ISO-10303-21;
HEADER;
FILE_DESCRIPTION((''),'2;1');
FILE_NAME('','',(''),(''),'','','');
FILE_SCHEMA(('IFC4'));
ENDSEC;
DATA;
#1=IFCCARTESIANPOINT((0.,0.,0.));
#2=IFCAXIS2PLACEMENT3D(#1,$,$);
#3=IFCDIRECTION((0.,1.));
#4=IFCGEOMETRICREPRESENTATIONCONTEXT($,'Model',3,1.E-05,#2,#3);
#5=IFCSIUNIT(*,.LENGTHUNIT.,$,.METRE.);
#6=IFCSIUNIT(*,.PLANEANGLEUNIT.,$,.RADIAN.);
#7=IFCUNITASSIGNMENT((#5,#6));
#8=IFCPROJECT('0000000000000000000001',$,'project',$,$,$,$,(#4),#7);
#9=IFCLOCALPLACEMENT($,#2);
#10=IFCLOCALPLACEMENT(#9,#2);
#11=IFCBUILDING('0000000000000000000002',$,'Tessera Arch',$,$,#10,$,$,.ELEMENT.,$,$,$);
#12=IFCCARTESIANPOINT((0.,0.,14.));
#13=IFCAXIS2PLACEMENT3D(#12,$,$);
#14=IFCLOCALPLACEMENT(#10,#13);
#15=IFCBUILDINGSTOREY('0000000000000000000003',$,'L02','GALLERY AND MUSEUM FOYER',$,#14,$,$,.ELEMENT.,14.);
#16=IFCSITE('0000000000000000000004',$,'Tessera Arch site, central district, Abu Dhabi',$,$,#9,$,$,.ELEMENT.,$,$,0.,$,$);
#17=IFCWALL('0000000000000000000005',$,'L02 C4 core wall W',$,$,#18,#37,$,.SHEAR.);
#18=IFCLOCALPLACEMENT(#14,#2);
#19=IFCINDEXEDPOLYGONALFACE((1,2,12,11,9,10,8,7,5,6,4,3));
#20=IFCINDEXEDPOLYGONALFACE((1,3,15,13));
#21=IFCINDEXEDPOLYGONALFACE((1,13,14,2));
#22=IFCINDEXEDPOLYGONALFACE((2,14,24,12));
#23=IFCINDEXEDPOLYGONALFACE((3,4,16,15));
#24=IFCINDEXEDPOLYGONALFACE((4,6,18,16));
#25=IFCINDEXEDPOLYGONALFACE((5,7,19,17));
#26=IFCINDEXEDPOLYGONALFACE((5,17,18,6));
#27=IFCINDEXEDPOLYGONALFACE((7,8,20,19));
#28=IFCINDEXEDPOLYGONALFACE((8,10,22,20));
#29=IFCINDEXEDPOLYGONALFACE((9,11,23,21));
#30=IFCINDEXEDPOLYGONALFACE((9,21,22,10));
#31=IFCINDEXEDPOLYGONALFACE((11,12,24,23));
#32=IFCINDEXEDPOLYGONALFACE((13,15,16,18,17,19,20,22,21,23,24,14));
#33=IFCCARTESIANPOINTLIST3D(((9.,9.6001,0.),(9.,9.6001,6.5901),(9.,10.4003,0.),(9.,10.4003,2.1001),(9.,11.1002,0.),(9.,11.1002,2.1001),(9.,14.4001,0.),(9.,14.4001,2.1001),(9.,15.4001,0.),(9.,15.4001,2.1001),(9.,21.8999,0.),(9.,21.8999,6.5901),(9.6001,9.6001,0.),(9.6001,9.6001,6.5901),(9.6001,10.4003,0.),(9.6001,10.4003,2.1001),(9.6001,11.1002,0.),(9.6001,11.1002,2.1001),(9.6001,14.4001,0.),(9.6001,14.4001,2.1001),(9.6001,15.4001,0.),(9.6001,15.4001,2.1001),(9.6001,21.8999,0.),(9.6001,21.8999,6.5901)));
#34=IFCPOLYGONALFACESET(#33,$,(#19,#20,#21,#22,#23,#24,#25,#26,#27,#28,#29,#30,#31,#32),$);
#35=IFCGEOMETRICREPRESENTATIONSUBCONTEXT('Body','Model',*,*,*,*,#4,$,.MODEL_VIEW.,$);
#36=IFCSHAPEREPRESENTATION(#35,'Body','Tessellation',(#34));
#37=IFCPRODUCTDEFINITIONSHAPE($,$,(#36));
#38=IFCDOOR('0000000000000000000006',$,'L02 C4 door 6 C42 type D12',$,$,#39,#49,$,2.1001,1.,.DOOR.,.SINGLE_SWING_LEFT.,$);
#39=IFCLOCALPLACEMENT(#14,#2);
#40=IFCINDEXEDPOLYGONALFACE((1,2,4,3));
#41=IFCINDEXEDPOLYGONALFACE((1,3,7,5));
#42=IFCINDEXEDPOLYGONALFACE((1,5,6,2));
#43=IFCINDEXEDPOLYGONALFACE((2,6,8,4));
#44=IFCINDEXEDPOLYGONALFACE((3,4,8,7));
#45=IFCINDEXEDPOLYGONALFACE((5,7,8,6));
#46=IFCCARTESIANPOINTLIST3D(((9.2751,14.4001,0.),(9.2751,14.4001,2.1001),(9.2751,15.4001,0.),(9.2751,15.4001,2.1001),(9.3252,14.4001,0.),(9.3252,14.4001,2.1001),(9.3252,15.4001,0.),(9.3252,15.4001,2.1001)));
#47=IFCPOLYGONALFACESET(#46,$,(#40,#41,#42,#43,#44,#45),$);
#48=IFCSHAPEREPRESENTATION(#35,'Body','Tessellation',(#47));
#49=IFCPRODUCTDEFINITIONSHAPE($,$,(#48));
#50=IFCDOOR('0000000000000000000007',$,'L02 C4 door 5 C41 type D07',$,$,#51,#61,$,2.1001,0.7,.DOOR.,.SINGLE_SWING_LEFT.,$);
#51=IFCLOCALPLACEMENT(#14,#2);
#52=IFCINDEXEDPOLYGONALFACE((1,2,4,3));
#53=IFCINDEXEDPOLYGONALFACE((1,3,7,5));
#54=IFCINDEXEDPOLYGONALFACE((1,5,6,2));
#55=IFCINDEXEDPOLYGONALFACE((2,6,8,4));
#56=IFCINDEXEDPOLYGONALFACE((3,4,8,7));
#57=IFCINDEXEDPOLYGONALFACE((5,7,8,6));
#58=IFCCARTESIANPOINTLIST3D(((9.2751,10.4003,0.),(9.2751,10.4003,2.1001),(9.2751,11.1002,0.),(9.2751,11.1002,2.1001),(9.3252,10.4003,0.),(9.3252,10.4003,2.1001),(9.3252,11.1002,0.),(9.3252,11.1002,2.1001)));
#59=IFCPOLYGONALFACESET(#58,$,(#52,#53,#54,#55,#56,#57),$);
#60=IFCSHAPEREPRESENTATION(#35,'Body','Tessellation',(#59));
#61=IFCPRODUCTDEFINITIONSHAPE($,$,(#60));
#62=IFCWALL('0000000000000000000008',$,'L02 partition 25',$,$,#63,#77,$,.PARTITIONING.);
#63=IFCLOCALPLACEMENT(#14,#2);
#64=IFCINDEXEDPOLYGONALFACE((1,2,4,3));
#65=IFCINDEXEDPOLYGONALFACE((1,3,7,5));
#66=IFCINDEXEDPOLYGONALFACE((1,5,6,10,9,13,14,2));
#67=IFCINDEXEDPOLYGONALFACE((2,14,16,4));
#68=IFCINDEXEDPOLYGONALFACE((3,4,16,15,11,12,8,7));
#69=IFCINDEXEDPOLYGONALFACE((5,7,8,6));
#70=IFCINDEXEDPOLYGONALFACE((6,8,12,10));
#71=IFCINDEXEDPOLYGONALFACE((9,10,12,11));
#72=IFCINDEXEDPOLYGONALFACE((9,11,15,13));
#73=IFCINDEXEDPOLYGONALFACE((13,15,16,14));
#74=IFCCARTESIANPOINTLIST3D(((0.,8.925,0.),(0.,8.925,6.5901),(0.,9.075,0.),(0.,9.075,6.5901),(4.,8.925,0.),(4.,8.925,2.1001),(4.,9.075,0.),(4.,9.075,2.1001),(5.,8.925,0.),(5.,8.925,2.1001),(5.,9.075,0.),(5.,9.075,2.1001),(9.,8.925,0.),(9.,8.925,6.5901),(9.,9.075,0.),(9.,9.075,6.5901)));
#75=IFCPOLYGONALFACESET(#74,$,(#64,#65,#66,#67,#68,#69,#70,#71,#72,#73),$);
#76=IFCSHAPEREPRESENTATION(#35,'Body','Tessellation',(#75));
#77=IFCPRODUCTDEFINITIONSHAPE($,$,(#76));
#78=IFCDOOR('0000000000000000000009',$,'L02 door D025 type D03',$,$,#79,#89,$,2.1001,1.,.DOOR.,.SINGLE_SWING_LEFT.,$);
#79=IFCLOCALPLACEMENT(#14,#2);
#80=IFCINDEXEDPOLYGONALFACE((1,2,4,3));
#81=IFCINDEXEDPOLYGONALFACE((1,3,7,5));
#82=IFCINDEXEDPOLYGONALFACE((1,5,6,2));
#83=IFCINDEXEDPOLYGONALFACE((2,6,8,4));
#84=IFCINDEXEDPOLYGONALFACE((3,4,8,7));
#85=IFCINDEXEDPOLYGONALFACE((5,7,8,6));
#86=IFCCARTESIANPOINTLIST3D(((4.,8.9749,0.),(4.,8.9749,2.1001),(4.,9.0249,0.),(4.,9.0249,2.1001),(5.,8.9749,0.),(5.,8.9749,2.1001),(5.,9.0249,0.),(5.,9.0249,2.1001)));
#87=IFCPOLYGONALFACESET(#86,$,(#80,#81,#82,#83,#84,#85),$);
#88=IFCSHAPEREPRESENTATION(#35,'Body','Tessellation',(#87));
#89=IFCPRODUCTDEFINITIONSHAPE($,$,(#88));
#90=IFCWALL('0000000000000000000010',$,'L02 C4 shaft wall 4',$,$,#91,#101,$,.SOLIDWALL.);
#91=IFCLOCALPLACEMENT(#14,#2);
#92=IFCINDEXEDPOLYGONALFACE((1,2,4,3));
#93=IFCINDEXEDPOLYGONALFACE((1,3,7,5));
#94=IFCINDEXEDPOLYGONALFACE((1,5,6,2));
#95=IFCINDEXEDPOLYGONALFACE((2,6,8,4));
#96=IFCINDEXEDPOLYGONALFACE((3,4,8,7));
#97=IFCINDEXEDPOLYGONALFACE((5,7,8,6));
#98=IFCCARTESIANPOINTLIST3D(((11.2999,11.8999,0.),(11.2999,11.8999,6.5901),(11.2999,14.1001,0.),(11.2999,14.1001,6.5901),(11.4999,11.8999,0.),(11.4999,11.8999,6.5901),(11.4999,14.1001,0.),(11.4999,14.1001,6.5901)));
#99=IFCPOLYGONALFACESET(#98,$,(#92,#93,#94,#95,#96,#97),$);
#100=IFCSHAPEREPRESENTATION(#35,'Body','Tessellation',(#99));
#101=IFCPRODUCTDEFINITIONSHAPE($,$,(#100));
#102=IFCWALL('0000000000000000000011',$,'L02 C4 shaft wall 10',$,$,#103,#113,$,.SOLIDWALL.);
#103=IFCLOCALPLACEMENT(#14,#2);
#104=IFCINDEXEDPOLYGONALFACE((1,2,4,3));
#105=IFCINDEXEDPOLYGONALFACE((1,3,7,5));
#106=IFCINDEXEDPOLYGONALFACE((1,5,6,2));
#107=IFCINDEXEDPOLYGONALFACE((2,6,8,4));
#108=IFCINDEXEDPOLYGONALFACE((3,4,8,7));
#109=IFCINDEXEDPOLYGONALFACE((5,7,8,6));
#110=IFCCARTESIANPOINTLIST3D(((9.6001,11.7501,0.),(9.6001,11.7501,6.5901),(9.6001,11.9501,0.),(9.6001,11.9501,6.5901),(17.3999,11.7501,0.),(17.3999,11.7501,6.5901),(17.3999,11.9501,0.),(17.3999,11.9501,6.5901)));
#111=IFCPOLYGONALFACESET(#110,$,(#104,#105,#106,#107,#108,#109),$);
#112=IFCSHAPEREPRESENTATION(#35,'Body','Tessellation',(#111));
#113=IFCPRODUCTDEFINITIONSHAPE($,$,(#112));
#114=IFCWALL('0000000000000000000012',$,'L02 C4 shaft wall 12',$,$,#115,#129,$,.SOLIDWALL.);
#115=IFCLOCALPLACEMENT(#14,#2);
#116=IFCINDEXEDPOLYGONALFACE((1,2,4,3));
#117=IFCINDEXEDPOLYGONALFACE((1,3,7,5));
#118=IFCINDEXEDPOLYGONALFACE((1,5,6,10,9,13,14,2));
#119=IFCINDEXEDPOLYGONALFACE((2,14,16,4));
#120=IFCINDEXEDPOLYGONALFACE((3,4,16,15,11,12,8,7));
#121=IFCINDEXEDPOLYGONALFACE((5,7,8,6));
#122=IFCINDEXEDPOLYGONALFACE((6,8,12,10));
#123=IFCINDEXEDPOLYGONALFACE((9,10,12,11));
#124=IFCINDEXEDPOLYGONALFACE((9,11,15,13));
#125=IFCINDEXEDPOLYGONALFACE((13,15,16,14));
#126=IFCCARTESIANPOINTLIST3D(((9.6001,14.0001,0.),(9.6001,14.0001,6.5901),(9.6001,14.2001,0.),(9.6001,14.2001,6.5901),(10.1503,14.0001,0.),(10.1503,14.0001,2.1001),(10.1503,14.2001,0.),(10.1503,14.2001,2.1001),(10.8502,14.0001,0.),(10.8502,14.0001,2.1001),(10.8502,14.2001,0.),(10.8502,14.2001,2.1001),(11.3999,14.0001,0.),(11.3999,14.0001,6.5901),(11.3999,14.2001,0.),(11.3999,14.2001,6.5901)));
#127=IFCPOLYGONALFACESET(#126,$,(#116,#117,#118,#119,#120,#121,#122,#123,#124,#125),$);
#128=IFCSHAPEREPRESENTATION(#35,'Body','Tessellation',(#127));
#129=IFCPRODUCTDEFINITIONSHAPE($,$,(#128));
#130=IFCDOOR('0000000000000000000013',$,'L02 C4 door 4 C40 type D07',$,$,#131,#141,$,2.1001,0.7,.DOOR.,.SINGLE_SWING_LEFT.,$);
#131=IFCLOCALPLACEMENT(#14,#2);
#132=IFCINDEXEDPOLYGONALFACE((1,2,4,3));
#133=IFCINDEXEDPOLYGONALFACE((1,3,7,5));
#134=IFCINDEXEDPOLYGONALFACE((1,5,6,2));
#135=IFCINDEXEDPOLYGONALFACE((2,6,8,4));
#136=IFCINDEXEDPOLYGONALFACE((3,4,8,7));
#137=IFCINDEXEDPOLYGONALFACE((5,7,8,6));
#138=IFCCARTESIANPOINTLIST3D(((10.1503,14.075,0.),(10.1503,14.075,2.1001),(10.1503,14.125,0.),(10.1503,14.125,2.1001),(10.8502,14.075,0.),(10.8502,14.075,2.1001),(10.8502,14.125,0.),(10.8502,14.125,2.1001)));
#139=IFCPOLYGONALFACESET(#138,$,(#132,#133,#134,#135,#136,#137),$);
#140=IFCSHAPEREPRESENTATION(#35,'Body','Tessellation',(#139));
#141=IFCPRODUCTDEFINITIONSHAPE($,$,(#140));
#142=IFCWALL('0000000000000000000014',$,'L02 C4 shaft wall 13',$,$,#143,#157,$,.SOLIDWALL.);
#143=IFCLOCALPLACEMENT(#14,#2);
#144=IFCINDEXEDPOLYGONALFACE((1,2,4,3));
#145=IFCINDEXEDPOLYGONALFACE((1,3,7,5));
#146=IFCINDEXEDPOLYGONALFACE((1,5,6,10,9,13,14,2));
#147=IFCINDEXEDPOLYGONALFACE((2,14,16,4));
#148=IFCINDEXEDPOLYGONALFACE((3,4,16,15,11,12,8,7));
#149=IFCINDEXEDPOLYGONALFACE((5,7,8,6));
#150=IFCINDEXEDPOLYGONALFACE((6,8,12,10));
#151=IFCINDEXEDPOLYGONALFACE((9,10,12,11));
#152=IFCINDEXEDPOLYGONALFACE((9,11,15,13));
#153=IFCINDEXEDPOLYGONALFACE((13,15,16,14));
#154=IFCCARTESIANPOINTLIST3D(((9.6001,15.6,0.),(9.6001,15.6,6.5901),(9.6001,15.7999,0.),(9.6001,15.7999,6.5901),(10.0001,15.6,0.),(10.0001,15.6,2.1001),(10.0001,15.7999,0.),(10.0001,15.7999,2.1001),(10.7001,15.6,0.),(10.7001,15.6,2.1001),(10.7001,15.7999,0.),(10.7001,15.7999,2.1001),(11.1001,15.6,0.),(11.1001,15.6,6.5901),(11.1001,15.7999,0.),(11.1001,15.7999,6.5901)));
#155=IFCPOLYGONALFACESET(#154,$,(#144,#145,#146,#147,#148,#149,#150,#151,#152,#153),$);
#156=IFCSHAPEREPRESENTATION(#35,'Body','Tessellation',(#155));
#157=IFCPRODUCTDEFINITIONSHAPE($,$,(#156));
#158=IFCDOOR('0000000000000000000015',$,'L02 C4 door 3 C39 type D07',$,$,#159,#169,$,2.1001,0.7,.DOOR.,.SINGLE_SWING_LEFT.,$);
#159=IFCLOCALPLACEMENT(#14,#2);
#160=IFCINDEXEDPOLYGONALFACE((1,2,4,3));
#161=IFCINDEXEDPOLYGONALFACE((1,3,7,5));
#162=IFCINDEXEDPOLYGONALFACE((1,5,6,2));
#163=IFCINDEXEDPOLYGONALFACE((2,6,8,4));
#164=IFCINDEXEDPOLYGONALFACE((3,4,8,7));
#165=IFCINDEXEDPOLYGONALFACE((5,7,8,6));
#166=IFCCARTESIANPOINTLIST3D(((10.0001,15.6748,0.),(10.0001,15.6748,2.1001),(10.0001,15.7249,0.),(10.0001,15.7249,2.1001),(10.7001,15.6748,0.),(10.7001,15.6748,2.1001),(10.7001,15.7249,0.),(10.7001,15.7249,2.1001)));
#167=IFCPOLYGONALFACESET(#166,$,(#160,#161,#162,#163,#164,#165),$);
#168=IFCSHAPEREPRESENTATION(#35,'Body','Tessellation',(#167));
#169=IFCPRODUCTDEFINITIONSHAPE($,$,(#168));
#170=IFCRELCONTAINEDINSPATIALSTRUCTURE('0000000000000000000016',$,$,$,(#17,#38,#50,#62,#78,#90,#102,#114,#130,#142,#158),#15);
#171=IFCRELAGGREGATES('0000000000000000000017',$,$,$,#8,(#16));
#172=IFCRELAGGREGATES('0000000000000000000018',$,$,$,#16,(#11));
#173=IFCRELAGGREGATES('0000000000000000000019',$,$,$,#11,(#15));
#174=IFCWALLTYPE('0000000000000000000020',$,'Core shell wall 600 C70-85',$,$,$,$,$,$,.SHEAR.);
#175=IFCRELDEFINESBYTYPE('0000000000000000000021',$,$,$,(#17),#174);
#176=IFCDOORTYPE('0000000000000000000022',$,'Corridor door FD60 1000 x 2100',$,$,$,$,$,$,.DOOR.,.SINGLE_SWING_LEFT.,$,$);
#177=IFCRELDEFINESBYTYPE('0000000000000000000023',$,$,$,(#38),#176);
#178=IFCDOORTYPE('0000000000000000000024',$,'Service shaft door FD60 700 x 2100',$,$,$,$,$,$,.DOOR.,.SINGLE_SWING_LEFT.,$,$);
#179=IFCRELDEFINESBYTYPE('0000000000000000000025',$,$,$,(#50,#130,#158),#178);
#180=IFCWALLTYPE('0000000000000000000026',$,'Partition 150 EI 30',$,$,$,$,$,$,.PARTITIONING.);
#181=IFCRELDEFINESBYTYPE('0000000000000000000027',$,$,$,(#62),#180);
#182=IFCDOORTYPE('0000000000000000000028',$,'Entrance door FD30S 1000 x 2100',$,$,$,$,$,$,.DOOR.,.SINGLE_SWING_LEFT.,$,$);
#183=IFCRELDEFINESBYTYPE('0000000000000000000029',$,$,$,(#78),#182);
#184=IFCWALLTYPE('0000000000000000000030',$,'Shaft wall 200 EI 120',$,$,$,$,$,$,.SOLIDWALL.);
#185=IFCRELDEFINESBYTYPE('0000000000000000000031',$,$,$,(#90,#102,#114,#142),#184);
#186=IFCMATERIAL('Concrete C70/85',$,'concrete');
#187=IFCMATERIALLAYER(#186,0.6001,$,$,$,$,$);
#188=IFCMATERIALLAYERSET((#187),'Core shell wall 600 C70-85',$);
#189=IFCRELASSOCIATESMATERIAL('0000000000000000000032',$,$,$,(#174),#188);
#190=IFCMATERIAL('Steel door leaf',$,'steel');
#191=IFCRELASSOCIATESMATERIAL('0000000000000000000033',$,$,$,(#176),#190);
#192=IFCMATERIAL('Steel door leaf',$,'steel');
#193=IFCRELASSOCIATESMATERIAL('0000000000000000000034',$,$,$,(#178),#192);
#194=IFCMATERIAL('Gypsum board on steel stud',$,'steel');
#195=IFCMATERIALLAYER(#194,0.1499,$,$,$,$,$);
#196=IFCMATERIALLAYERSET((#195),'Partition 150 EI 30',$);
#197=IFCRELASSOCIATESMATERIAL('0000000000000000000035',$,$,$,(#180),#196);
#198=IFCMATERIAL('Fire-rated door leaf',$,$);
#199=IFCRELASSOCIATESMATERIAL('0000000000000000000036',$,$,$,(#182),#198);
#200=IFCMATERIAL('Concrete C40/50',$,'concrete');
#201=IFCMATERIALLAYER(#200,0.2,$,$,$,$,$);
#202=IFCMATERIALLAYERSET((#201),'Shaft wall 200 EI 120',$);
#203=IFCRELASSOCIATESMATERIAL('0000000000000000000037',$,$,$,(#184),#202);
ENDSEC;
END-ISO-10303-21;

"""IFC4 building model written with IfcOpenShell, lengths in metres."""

from ifc_helpers import new_model, si_unit, direction, frame, frame_2d, origin, place, context, subcontext, project, spatial, rectangle, extrude, material, layer, layer_set, type_object, element, fill, save


model = new_model("IFC4")

# Units and contexts
model_context = context("Model", 3, precision=1e-05, world=origin(), true_north=direction((0.0, 1.0)))
body_context = subcontext(model_context, "Body", "Model", "MODEL_VIEW")
ifc_project = project(units=[si_unit("LENGTHUNIT", "METRE"), si_unit("PLANEANGLEUNIT", "RADIAN")], contexts=[model_context])

# Site, building, storey
site_placement = place(None, origin())
site = spatial("IfcSite", under=ifc_project, at=site_placement, Name="Tessera Arch site, central district, Abu Dhabi", CompositionType="ELEMENT", RefElevation=0.0)
building_placement = place(site_placement, origin())
building = spatial("IfcBuilding", under=site, at=building_placement, Name="Tessera Arch", CompositionType="ELEMENT")
storey_placement = place(building_placement, frame((0.0, 0.0, 14.0)))
storey = spatial("IfcBuildingStorey", under=building, at=storey_placement, Name="L02", Description="GALLERY AND MUSEUM FOYER", CompositionType="ELEMENT", Elevation=14.0)

# Shared definitions
ifc_material_1 = material(Name="Concrete C70/85", Category="concrete")
ifc_layer_1 = layer(ifc_material_1, 0.6001)
ifc_layer_set_1 = layer_set([ifc_layer_1], Name="Core shell wall 600 C70-85")
wall_type_1 = type_object("IfcWallType", Name="Core shell wall 600 C70-85", PredefinedType="SHEAR", material=ifc_layer_set_1)

# Wall, openings, doors
wall_1_placement = place(storey_placement, frame((9.3, 9.6001, 0.0), z_axis=(0.0, 0.0, 1.0), x_axis=(0.0, 1.0, 0.0)))
wall_1 = element("IfcWall", 1, at=wall_1_placement, inside=storey, type_object=wall_type_1, Name="L02 C4 core wall W", PredefinedType="SHEAR", context=body_context, shape_type="SweptSolid", body=[
    extrude(rectangle(XDim=12.2998, YDim=0.6001, at=frame_2d((6.1499, 0.0))), origin(), (0.0, 0.0, 1.0), 6.5901),
])
opening_1_placement = place(wall_1_placement, frame((0.8, 0.0, 0.0)))
opening_1 = element("IfcOpeningElement", 2, at=opening_1_placement, cuts=wall_1, PredefinedType="OPENING", context=body_context, shape_type="SweptSolid", body=[
    extrude(rectangle(XDim=0.7, YDim=2.1001, at=frame_2d((0.3501, 1.05))), frame((0.0, 0.3101, 0.0), z_axis=(0.0, -1.0, 0.0), x_axis=(1.0, 0.0, 0.0)), (0.0, 0.0, 1.0), 0.6201),
])
opening_2_placement = place(wall_1_placement, frame((4.8, 0.0, 0.0)))
opening_2 = element("IfcOpeningElement", 3, at=opening_2_placement, cuts=wall_1, PredefinedType="OPENING", context=body_context, shape_type="SweptSolid", body=[
    extrude(rectangle(XDim=1.0, YDim=2.1001, at=frame_2d((0.5, 1.05))), frame((0.0, 0.3101, 0.0), z_axis=(0.0, -1.0, 0.0), x_axis=(1.0, 0.0, 0.0)), (0.0, 0.0, 1.0), 0.6201),
])
ifc_material_2 = material(Name="Steel door leaf", Category="steel")
door_type_1 = type_object("IfcDoorType", Name="Corridor door FD60 1000 x 2100", OperationType="SINGLE_SWING_LEFT", PredefinedType="DOOR", material=ifc_material_2)
door_1_placement = place(opening_2_placement, origin())
door_1 = element("IfcDoor", 4, at=door_1_placement, inside=storey, type_object=door_type_1, Name="L02 C4 door 6 C42 type D12", OperationType="SINGLE_SWING_LEFT", OverallHeight=2.1001, OverallWidth=1.0, PredefinedType="DOOR", context=body_context, shape_type="SweptSolid", body=[
    extrude(rectangle(XDim=1.0, YDim=2.1001, at=frame_2d((0.5, 1.05))), frame((0.0, 0.0249, 0.0), z_axis=(0.0, -1.0, 0.0), x_axis=(1.0, 0.0, 0.0)), (0.0, 0.0, 1.0), 0.05),
])
fill(opening_2, door_1)
ifc_material_3 = material(Name="Steel door leaf", Category="steel")
door_type_2 = type_object("IfcDoorType", Name="Service shaft door FD60 700 x 2100", OperationType="SINGLE_SWING_LEFT", PredefinedType="DOOR", material=ifc_material_3)
door_2_placement = place(opening_1_placement, origin())
door_2 = element("IfcDoor", 5, at=door_2_placement, inside=storey, type_object=door_type_2, Name="L02 C4 door 5 C41 type D07", OperationType="SINGLE_SWING_LEFT", OverallHeight=2.1001, OverallWidth=0.7, PredefinedType="DOOR", context=body_context, shape_type="SweptSolid", body=[
    extrude(rectangle(XDim=0.7, YDim=2.1001, at=frame_2d((0.3501, 1.05))), frame((0.0, 0.0249, 0.0), z_axis=(0.0, -1.0, 0.0), x_axis=(1.0, 0.0, 0.0)), (0.0, 0.0, 1.0), 0.05),
])
fill(opening_1, door_2)

# Wall, opening, door
ifc_material_4 = material(Name="Gypsum board on steel stud", Category="steel")
ifc_layer_2 = layer(ifc_material_4, 0.1499)
ifc_layer_set_2 = layer_set([ifc_layer_2], Name="Partition 150 EI 30")
wall_type_2 = type_object("IfcWallType", Name="Partition 150 EI 30", PredefinedType="PARTITIONING", material=ifc_layer_set_2)
wall_2_placement = place(storey_placement, frame((0.0, 9.0, 0.0), z_axis=(0.0, 0.0, 1.0), x_axis=(1.0, 0.0, 0.0)))
wall_2 = element("IfcWall", 6, at=wall_2_placement, inside=storey, type_object=wall_type_2, Name="L02 partition 25", PredefinedType="PARTITIONING", context=body_context, shape_type="SweptSolid", body=[
    extrude(rectangle(XDim=9.0, YDim=0.1499, at=frame_2d((4.5, 0.0))), origin(), (0.0, 0.0, 1.0), 6.5901),
])
opening_3_placement = place(wall_2_placement, frame((4.0, 0.0, 0.0)))
opening_3 = element("IfcOpeningElement", 7, at=opening_3_placement, cuts=wall_2, PredefinedType="OPENING", context=body_context, shape_type="SweptSolid", body=[
    extrude(rectangle(XDim=1.0, YDim=2.1001, at=frame_2d((0.5, 1.05))), frame((0.0, 0.085, 0.0), z_axis=(0.0, -1.0, 0.0), x_axis=(1.0, 0.0, 0.0)), (0.0, 0.0, 1.0), 0.1699),
])
ifc_material_5 = material(Name="Fire-rated door leaf")
door_type_3 = type_object("IfcDoorType", Name="Entrance door FD30S 1000 x 2100", OperationType="SINGLE_SWING_LEFT", PredefinedType="DOOR", material=ifc_material_5)
door_3_placement = place(opening_3_placement, origin())
door_3 = element("IfcDoor", 8, at=door_3_placement, inside=storey, type_object=door_type_3, Name="L02 door D025 type D03", OperationType="SINGLE_SWING_LEFT", OverallHeight=2.1001, OverallWidth=1.0, PredefinedType="DOOR", context=body_context, shape_type="SweptSolid", body=[
    extrude(rectangle(XDim=1.0, YDim=2.1001, at=frame_2d((0.5, 1.05))), frame((0.0, 0.0249, 0.0), z_axis=(0.0, -1.0, 0.0), x_axis=(1.0, 0.0, 0.0)), (0.0, 0.0, 1.0), 0.05),
])
fill(opening_3, door_3)

# Walls
ifc_material_6 = material(Name="Concrete C40/50", Category="concrete")
ifc_layer_3 = layer(ifc_material_6, 0.2)
ifc_layer_set_3 = layer_set([ifc_layer_3], Name="Shaft wall 200 EI 120")
wall_type_3 = type_object("IfcWallType", Name="Shaft wall 200 EI 120", PredefinedType="SOLIDWALL", material=ifc_layer_set_3)
wall_3_placement = place(storey_placement, frame((11.3999, 11.8999, 0.0), z_axis=(0.0, 0.0, 1.0), x_axis=(0.0, 1.0, 0.0)))
element("IfcWall", 9, at=wall_3_placement, inside=storey, type_object=wall_type_3, Name="L02 C4 shaft wall 4", PredefinedType="SOLIDWALL", context=body_context, shape_type="SweptSolid", body=[
    extrude(rectangle(XDim=2.2002, YDim=0.2, at=frame_2d((1.1001, 0.0))), origin(), (0.0, 0.0, 1.0), 6.5901),
])
wall_4_placement = place(storey_placement, frame((9.6001, 11.8501, 0.0), z_axis=(0.0, 0.0, 1.0), x_axis=(1.0, 0.0, 0.0)))
element("IfcWall", 10, at=wall_4_placement, inside=storey, type_object=wall_type_3, Name="L02 C4 shaft wall 10", PredefinedType="SOLIDWALL", context=body_context, shape_type="SweptSolid", body=[
    extrude(rectangle(XDim=7.7998, YDim=0.2, at=frame_2d((3.8999, 0.0))), origin(), (0.0, 0.0, 1.0), 6.5901),
])

# Walls, openings, doors
wall_5_placement = place(storey_placement, frame((9.6001, 14.1001, 0.0), z_axis=(0.0, 0.0, 1.0), x_axis=(1.0, 0.0, 0.0)))
wall_5 = element("IfcWall", 11, at=wall_5_placement, inside=storey, type_object=wall_type_3, Name="L02 C4 shaft wall 12", PredefinedType="SOLIDWALL", context=body_context, shape_type="SweptSolid", body=[
    extrude(rectangle(XDim=1.7998, YDim=0.2, at=frame_2d((0.8999, 0.0))), origin(), (0.0, 0.0, 1.0), 6.5901),
])
opening_4_placement = place(wall_5_placement, frame((0.55, 0.0, 0.0)))
opening_4 = element("IfcOpeningElement", 12, at=opening_4_placement, cuts=wall_5, PredefinedType="OPENING", context=body_context, shape_type="SweptSolid", body=[
    extrude(rectangle(XDim=0.7, YDim=2.1001, at=frame_2d((0.3501, 1.05))), frame((0.0, 0.1099, 0.0), z_axis=(0.0, -1.0, 0.0), x_axis=(1.0, 0.0, 0.0)), (0.0, 0.0, 1.0), 0.22),
])
door_4_placement = place(opening_4_placement, origin())
door_4 = element("IfcDoor", 13, at=door_4_placement, inside=storey, type_object=door_type_2, Name="L02 C4 door 4 C40 type D07", OperationType="SINGLE_SWING_LEFT", OverallHeight=2.1001, OverallWidth=0.7, PredefinedType="DOOR", context=body_context, shape_type="SweptSolid", body=[
    extrude(rectangle(XDim=0.7, YDim=2.1001, at=frame_2d((0.3501, 1.05))), frame((0.0, 0.0249, 0.0), z_axis=(0.0, -1.0, 0.0), x_axis=(1.0, 0.0, 0.0)), (0.0, 0.0, 1.0), 0.05),
])
fill(opening_4, door_4)
wall_6_placement = place(storey_placement, frame((9.6001, 15.7, 0.0), z_axis=(0.0, 0.0, 1.0), x_axis=(1.0, 0.0, 0.0)))
wall_6 = element("IfcWall", 14, at=wall_6_placement, inside=storey, type_object=wall_type_3, Name="L02 C4 shaft wall 13", PredefinedType="SOLIDWALL", context=body_context, shape_type="SweptSolid", body=[
    extrude(rectangle(XDim=1.5, YDim=0.2, at=frame_2d((0.75, 0.0))), origin(), (0.0, 0.0, 1.0), 6.5901),
])
opening_5_placement = place(wall_6_placement, frame((0.3999, 0.0, 0.0)))
opening_5 = element("IfcOpeningElement", 15, at=opening_5_placement, cuts=wall_6, PredefinedType="OPENING", context=body_context, shape_type="SweptSolid", body=[
    extrude(rectangle(XDim=0.7, YDim=2.1001, at=frame_2d((0.3501, 1.05))), frame((0.0, 0.1099, 0.0), z_axis=(0.0, -1.0, 0.0), x_axis=(1.0, 0.0, 0.0)), (0.0, 0.0, 1.0), 0.22),
])
door_5_placement = place(opening_5_placement, origin())
door_5 = element("IfcDoor", 16, at=door_5_placement, inside=storey, type_object=door_type_2, Name="L02 C4 door 3 C39 type D07", OperationType="SINGLE_SWING_LEFT", OverallHeight=2.1001, OverallWidth=0.7, PredefinedType="DOOR", context=body_context, shape_type="SweptSolid", body=[
    extrude(rectangle(XDim=0.7, YDim=2.1001, at=frame_2d((0.3501, 1.05))), frame((0.0, 0.0249, 0.0), z_axis=(0.0, -1.0, 0.0), x_axis=(1.0, 0.0, 0.0)), (0.0, 0.0, 1.0), 0.05),
])
fill(opening_5, door_5)

save(model, "model.ifc")
